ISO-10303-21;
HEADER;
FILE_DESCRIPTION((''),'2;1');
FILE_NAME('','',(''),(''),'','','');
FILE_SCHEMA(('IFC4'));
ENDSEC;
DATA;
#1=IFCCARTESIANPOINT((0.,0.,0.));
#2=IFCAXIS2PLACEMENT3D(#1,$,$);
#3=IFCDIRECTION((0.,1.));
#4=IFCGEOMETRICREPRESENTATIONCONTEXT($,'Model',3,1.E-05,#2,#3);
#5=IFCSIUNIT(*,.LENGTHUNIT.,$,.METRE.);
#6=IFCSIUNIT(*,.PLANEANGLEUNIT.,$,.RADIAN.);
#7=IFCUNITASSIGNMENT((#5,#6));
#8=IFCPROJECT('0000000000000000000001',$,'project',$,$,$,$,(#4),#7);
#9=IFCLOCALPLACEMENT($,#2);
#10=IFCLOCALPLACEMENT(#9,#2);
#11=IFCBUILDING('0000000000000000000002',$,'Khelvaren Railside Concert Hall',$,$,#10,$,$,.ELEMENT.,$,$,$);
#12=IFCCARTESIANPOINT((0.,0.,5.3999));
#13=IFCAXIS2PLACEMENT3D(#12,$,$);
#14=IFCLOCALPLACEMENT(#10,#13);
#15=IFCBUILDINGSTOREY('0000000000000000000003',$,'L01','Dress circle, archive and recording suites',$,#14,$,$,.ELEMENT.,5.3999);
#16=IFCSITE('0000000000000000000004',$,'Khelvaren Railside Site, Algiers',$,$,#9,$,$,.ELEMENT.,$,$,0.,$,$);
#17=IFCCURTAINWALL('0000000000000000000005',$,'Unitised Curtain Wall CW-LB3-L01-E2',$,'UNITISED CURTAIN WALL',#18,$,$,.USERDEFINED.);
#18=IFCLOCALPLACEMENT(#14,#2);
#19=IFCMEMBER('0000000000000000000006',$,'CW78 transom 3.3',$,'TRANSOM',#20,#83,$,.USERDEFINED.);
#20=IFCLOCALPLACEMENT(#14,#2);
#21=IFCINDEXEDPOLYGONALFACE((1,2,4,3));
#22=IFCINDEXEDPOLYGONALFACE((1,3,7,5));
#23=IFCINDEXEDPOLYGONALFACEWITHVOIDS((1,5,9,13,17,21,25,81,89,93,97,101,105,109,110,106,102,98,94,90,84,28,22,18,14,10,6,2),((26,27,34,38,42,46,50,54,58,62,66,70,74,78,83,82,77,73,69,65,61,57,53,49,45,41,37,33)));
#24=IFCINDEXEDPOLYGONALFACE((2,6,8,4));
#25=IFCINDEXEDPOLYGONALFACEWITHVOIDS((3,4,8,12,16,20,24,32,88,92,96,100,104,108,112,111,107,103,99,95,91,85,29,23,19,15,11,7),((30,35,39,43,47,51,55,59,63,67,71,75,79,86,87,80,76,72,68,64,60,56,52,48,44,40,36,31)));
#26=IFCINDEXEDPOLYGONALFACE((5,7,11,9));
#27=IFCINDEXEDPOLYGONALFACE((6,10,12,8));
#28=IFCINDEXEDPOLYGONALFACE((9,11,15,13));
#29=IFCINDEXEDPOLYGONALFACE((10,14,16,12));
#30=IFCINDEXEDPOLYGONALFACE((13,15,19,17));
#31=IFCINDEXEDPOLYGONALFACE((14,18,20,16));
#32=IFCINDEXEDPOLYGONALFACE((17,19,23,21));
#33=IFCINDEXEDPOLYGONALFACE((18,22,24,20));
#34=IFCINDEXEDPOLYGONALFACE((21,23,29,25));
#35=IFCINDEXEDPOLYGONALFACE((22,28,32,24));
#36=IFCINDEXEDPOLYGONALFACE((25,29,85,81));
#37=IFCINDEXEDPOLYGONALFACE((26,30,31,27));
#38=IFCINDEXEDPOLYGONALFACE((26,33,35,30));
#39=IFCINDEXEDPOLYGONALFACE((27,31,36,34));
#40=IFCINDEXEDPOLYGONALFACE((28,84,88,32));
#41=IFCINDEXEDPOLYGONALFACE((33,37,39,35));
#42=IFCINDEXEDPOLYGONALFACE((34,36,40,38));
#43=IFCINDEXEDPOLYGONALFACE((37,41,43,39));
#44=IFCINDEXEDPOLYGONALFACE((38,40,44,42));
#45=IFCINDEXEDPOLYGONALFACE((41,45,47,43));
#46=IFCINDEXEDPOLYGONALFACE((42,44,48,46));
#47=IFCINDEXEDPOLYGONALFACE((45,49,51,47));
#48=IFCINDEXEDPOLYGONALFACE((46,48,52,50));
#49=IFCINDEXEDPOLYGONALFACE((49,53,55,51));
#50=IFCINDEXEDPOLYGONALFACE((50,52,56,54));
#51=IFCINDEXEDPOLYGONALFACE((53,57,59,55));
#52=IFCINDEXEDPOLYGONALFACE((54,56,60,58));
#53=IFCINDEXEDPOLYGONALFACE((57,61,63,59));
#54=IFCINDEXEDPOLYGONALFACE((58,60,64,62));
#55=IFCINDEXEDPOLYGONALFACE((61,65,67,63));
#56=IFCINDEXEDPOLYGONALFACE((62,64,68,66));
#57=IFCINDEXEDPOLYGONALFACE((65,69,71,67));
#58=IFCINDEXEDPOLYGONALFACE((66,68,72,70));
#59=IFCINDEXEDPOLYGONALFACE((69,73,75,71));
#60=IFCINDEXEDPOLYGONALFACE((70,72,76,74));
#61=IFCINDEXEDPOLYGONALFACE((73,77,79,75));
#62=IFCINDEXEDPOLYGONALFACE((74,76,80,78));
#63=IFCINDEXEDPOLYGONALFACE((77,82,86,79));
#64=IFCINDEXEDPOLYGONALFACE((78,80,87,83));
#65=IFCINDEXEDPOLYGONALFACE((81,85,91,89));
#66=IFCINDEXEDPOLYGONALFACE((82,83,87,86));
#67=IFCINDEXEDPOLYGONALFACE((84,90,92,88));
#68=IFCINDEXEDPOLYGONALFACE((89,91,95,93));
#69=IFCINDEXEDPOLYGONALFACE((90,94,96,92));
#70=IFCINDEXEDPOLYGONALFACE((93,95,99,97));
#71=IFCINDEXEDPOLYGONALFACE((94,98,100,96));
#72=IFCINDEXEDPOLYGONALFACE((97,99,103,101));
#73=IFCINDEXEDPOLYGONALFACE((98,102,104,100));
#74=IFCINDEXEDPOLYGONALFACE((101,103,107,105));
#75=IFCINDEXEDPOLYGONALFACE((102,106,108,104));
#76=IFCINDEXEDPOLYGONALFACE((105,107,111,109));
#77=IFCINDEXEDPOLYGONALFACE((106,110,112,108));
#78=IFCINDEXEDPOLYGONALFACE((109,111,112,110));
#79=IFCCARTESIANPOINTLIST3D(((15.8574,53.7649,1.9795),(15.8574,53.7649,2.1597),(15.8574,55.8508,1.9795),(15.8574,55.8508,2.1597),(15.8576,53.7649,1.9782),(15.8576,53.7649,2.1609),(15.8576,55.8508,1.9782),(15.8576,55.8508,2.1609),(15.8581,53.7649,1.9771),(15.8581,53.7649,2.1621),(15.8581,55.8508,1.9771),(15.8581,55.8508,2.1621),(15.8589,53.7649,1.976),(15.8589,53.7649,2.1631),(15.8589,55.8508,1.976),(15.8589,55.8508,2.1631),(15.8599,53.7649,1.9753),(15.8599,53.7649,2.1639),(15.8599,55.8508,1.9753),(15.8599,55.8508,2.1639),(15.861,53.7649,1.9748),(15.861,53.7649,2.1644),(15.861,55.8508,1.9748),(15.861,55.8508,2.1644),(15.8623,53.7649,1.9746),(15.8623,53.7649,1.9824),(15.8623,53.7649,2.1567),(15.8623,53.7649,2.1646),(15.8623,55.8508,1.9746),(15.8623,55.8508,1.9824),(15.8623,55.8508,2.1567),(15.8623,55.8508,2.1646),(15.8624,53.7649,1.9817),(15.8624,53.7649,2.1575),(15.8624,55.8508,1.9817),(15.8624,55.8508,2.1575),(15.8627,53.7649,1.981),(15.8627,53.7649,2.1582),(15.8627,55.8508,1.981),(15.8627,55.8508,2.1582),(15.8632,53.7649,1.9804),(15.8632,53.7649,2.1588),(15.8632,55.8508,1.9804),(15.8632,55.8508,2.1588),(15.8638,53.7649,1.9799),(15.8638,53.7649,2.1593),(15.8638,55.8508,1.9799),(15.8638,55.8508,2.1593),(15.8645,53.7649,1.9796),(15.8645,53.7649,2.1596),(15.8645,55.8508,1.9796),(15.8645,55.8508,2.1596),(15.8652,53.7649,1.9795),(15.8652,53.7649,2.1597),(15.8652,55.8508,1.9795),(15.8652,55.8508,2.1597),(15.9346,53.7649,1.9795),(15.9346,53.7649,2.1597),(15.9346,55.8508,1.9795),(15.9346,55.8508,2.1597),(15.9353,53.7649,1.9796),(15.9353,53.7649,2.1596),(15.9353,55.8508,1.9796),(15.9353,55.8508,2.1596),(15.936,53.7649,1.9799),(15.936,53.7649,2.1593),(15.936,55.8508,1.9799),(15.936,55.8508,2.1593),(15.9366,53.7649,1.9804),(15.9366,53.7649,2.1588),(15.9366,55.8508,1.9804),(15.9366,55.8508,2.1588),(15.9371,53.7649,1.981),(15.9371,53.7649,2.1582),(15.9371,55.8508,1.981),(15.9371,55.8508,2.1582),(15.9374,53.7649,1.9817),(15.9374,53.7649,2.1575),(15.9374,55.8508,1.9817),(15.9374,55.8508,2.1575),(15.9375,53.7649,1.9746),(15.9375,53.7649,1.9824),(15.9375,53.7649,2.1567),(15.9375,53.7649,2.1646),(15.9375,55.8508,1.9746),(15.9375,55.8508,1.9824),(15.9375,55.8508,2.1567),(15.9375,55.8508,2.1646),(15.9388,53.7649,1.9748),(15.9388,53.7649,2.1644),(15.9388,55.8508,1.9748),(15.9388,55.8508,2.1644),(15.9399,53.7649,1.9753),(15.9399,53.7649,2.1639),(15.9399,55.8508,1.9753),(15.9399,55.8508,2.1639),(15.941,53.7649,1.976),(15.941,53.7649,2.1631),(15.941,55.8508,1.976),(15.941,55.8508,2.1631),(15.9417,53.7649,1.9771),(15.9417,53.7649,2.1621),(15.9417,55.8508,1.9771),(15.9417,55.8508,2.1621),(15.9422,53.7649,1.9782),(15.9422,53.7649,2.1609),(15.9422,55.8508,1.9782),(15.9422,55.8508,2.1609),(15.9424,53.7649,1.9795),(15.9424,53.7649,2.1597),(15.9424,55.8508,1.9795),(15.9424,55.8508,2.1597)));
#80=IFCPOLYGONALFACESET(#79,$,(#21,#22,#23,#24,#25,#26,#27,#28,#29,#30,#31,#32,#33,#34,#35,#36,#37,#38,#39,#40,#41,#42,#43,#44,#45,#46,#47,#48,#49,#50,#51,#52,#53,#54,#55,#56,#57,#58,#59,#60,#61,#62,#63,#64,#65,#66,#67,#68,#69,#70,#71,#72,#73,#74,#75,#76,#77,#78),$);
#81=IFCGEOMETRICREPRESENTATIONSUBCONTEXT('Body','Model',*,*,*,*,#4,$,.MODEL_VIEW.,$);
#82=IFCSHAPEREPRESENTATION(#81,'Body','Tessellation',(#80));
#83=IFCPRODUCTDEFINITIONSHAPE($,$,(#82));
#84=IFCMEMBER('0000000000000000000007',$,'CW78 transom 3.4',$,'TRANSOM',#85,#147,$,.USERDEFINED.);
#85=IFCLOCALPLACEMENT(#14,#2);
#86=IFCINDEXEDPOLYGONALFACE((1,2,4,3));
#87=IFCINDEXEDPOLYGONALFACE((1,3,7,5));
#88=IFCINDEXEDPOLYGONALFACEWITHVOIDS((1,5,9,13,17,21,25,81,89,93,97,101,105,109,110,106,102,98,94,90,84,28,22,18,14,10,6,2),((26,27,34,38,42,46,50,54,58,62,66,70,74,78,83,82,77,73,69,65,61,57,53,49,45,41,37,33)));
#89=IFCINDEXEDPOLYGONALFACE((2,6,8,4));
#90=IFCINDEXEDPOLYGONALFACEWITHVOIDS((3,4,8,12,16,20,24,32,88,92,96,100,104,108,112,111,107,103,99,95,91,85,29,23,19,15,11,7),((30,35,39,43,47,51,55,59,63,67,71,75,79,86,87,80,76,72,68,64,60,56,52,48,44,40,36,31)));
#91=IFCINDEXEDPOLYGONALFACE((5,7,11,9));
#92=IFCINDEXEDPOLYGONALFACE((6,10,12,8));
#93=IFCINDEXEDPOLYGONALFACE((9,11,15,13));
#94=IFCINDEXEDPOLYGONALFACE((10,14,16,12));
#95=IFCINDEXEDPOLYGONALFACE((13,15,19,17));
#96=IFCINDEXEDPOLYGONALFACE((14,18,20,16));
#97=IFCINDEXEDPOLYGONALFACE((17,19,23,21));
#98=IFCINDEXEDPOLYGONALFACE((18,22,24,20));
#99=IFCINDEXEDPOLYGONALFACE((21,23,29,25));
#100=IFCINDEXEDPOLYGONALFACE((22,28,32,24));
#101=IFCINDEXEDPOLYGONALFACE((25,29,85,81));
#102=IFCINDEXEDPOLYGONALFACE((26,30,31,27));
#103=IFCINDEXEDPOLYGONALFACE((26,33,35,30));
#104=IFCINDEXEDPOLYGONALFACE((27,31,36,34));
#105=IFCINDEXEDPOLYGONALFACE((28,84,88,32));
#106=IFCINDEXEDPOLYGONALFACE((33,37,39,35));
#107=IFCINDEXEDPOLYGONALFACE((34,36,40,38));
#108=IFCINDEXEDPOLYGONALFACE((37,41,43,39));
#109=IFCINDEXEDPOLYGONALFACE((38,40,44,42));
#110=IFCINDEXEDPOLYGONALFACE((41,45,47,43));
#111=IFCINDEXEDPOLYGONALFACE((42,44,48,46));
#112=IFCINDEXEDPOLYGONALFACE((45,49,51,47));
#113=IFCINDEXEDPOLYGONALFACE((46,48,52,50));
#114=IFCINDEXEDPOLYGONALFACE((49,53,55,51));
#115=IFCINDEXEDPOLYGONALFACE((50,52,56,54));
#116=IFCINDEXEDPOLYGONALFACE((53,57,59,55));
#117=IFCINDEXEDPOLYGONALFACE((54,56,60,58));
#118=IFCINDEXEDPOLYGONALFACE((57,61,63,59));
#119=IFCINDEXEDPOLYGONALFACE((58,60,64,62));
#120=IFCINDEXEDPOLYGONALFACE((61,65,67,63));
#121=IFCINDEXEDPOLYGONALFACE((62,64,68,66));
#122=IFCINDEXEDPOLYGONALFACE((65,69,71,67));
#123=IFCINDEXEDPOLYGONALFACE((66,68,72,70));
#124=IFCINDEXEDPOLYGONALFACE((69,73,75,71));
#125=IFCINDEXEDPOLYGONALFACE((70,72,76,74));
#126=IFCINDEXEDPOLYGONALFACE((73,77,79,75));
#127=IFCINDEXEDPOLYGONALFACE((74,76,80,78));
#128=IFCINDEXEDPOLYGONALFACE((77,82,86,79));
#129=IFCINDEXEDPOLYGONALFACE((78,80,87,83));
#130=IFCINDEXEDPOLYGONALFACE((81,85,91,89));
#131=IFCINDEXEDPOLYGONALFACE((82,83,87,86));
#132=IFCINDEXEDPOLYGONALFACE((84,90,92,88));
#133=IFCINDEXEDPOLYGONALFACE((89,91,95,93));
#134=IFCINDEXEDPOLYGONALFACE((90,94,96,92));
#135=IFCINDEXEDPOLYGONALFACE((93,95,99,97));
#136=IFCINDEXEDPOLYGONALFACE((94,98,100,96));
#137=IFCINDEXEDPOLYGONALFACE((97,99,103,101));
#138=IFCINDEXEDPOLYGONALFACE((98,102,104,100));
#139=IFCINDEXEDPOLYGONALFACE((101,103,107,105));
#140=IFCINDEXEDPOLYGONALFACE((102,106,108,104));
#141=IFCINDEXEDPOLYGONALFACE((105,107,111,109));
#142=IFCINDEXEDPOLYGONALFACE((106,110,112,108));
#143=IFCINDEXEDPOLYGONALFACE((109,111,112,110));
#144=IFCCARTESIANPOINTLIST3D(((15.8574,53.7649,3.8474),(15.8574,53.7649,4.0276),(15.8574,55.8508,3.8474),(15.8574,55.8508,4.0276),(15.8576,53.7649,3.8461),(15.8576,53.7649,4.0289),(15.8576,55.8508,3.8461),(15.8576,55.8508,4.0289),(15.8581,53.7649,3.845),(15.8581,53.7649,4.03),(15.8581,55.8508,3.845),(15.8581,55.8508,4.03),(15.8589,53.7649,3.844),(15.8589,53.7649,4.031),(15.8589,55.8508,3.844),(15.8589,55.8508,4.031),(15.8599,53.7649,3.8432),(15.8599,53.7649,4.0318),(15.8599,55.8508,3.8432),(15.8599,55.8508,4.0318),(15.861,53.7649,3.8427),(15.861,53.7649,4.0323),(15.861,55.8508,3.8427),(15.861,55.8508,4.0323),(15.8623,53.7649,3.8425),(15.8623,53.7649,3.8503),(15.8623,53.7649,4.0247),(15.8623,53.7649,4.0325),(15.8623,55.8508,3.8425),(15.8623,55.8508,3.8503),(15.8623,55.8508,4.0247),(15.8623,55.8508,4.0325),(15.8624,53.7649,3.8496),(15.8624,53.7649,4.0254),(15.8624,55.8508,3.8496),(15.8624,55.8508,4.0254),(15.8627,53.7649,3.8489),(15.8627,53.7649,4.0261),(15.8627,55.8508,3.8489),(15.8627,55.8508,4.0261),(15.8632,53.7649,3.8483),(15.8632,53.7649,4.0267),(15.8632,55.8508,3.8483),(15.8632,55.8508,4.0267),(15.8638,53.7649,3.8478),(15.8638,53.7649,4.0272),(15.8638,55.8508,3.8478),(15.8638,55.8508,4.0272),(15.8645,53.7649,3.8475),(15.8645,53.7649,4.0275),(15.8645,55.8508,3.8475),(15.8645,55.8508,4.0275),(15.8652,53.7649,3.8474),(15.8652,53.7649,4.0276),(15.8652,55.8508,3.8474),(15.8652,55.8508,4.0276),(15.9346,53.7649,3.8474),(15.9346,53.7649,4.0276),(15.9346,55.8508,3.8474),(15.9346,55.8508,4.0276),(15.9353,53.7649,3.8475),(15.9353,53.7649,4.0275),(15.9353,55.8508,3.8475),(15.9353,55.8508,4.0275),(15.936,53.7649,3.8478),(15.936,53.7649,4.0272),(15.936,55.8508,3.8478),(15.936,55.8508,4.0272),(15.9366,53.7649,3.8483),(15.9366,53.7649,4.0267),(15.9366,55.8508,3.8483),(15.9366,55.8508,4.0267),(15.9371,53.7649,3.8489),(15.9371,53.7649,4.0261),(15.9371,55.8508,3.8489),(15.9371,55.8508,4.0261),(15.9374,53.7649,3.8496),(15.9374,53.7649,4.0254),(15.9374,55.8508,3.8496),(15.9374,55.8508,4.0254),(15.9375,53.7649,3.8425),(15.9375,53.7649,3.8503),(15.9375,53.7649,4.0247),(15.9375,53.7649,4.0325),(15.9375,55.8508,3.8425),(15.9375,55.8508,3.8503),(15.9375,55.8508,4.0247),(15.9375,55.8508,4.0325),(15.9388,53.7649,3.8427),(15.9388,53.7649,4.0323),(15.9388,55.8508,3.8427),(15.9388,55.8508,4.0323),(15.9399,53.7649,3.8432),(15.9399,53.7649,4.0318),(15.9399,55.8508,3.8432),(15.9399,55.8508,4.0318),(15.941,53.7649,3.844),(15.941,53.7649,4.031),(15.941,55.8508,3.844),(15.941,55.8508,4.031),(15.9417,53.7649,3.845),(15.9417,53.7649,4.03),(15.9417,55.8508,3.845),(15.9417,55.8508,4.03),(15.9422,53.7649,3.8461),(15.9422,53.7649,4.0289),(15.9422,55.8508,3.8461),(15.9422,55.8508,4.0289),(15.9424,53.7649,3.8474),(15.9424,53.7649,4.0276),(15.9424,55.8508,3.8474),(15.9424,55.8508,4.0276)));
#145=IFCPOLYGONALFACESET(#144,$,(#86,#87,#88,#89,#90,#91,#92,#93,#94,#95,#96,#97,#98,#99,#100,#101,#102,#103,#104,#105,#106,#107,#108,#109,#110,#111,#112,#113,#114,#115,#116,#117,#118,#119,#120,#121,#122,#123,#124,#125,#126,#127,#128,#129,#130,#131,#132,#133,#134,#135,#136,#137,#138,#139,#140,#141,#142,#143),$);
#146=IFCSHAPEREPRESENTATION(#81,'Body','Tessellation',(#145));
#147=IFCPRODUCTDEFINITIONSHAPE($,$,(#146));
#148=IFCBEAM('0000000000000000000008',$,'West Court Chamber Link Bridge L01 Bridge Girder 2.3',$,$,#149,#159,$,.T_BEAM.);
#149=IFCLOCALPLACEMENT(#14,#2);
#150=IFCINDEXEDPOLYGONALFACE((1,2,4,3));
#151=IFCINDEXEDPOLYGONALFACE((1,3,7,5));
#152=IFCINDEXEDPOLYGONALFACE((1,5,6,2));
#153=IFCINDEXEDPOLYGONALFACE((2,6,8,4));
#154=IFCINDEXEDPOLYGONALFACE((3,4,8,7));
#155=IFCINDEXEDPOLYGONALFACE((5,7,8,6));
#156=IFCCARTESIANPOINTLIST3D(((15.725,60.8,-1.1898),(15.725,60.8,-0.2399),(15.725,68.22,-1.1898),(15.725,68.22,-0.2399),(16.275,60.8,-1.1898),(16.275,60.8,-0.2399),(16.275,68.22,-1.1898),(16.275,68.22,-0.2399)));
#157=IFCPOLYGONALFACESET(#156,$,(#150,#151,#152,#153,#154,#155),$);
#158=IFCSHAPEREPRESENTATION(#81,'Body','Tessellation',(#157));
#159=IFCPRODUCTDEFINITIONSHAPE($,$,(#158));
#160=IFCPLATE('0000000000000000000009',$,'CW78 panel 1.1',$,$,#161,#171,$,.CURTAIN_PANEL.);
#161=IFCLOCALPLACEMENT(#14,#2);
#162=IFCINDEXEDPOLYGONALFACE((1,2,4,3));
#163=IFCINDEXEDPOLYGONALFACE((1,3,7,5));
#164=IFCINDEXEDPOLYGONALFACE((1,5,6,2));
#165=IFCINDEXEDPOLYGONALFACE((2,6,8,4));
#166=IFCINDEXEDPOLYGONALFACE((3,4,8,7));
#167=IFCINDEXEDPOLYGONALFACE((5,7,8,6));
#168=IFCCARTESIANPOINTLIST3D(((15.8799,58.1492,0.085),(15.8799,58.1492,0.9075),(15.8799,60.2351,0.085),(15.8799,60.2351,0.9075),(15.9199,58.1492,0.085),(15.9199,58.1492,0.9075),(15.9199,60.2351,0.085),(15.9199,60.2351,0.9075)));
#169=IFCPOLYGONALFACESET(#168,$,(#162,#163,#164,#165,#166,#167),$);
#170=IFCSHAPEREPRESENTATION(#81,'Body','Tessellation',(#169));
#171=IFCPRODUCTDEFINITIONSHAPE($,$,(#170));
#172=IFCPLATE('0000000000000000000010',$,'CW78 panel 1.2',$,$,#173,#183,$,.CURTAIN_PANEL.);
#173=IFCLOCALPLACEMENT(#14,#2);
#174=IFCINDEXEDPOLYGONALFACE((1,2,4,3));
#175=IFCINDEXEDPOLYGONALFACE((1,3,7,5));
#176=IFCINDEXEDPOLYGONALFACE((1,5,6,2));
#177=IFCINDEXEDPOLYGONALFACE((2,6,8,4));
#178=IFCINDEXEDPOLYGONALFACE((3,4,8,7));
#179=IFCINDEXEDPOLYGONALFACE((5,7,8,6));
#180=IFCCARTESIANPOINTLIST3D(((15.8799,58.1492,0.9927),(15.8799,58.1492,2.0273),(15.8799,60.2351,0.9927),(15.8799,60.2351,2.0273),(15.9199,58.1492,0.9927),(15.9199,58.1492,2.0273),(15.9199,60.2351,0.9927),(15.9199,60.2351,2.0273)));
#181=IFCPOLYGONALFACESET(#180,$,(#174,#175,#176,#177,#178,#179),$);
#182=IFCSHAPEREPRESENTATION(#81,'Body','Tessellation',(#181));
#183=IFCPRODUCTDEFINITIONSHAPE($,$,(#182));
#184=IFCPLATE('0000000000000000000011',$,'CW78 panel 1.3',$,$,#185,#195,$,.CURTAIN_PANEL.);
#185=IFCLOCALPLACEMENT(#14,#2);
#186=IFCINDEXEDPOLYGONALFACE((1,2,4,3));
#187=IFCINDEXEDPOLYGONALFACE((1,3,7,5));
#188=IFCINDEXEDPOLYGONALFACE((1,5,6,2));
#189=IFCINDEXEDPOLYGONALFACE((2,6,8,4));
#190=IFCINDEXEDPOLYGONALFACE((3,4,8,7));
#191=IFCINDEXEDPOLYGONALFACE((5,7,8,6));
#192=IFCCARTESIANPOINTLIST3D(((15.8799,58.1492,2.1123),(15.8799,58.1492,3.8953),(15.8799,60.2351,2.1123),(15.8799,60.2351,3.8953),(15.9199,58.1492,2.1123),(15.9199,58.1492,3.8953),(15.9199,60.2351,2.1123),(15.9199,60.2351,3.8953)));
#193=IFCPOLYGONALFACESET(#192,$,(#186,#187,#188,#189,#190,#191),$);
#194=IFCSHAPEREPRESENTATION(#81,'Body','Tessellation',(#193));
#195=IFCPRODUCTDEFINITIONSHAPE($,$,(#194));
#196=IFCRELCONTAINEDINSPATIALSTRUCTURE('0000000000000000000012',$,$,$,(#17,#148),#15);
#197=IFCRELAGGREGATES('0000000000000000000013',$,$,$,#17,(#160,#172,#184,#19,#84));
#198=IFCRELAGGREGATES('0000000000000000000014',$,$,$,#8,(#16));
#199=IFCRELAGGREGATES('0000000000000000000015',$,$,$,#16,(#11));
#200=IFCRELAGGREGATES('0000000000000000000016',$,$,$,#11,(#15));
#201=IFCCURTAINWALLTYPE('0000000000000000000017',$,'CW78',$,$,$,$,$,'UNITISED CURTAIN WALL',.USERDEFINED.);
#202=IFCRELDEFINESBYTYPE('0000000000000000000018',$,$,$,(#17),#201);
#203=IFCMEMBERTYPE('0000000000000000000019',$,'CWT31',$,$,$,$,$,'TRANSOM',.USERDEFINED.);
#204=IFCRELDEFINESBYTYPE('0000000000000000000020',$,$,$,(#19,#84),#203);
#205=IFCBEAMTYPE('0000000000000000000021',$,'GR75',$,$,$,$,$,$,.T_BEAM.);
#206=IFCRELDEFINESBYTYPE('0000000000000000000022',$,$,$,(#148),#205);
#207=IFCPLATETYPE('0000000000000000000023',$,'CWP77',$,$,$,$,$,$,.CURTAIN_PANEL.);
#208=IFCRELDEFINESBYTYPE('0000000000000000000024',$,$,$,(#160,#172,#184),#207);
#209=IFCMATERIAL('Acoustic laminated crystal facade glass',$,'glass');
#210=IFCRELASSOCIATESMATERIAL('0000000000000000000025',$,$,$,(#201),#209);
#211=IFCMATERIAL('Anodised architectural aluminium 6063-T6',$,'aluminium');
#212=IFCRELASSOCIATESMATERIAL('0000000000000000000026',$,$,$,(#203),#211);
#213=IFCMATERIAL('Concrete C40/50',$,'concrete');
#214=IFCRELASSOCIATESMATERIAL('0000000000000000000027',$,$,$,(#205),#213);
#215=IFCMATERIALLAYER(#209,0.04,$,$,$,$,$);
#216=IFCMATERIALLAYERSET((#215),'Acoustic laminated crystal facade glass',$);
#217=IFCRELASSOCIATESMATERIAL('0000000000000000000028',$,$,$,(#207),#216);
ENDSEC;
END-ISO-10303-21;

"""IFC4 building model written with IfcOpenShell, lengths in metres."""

from ifc_helpers import new_model, si_unit, direction, frame, origin, origin_2d, place, context, subcontext, project, spatial, rectangle, hollow_rectangle, extrude, material, layer, layer_set, material_profile, profile_set, type_object, element, aggregate, save


model = new_model("IFC4")

# Units and contexts
model_context = context("Model", 3, precision=1e-05, world=origin(), true_north=direction((0.0, 1.0)))
body_context = subcontext(model_context, "Body", "Model", "MODEL_VIEW")
ifc_project = project(units=[si_unit("LENGTHUNIT", "METRE"), si_unit("PLANEANGLEUNIT", "RADIAN")], contexts=[model_context])

# Site, building, storey
site_placement = place(None, origin())
site = spatial("IfcSite", under=ifc_project, at=site_placement, Name="Khelvaren Railside Site, Algiers", CompositionType="ELEMENT", RefElevation=0.0)
building_placement = place(site_placement, origin())
building = spatial("IfcBuilding", under=site, at=building_placement, Name="Khelvaren Railside Concert Hall", CompositionType="ELEMENT")
storey_placement = place(building_placement, frame((0.0, 0.0, 5.3999)))
storey = spatial("IfcBuildingStorey", under=building, at=storey_placement, Name="L01", Description="Dress circle, archive and recording suites", CompositionType="ELEMENT", Elevation=5.3999)

# Curtain wall
ifc_material_1 = material(Name="Acoustic laminated crystal facade glass", Category="glass")
curtain_wall_type = type_object("IfcCurtainWallType", Name="CW78", ElementType="UNITISED CURTAIN WALL", PredefinedType="USERDEFINED", material=ifc_material_1)
curtain_wall_1_placement = place(storey_placement, origin())
curtain_wall_1 = element("IfcCurtainWall", 1, at=curtain_wall_1_placement, inside=storey, type_object=curtain_wall_type, Name="Unitised Curtain Wall CW-LB3-L01-E2", ObjectType="UNITISED CURTAIN WALL", PredefinedType="USERDEFINED")
ifc_material_2 = material(Name="Anodised architectural aluminium 6063-T6", Category="aluminium")

# Members
ifc_material_profile_1 = material_profile(ifc_material_2, hollow_rectangle(XDim=0.085, YDim=0.1899, WallThickness=0.0049, InnerFilletRadius=0.0029, OuterFilletRadius=0.0049, at=origin_2d()), Name="CWT 85x190x5")
ifc_profile_set_1 = profile_set([ifc_material_profile_1], Name="Anodised architectural aluminium 6063-T6")
member_type_1 = type_object("IfcMemberType", Name="CWT31", ElementType="TRANSOM", PredefinedType="USERDEFINED", material=ifc_profile_set_1)
member_1_placement = place(storey_placement, frame((15.8999, 55.8508, 2.0696), z_axis=(0.0, -1.0, 0.0), x_axis=(1.0, 0.0, 0.0)))
member_1 = element("IfcMember", 2, at=member_1_placement, type_object=member_type_1, Name="CW78 transom 3.3", ObjectType="TRANSOM", PredefinedType="USERDEFINED", context=body_context, shape_type="SweptSolid", body=[
    extrude(hollow_rectangle(XDim=0.085, YDim=0.1899, WallThickness=0.0049, InnerFilletRadius=0.0029, OuterFilletRadius=0.0049, at=origin_2d()), origin(), (0.0, 0.0, 1.0), 2.0859),
])
member_2_placement = place(storey_placement, frame((15.8999, 55.8508, 3.9375), z_axis=(0.0, -1.0, 0.0), x_axis=(1.0, 0.0, 0.0)))
member_2 = element("IfcMember", 3, at=member_2_placement, type_object=member_type_1, Name="CW78 transom 3.4", ObjectType="TRANSOM", PredefinedType="USERDEFINED", context=body_context, shape_type="SweptSolid", body=[
    extrude(hollow_rectangle(XDim=0.085, YDim=0.1899, WallThickness=0.0049, InnerFilletRadius=0.0029, OuterFilletRadius=0.0049, at=origin_2d()), origin(), (0.0, 0.0, 1.0), 2.0859),
])

# Beam
ifc_material_3 = material(Name="Concrete C40/50", Category="concrete")
ifc_material_profile_2 = material_profile(ifc_material_3, rectangle(XDim=0.55, YDim=0.95, at=origin_2d()), Name="RCB 550x950")
ifc_profile_set_2 = profile_set([ifc_material_profile_2], Name="Concrete C40/50")
beam_type = type_object("IfcBeamType", Name="GR75", PredefinedType="T_BEAM", material=ifc_profile_set_2)
beam_placement = place(storey_placement, frame((16.0, 60.8, -0.7148), z_axis=(0.0, 1.0, 0.0), x_axis=(-1.0, 0.0, 0.0)))
element("IfcBeam", 4, at=beam_placement, inside=storey, type_object=beam_type, Name="West Court Chamber Link Bridge L01 Bridge Girder 2.3", PredefinedType="T_BEAM", context=body_context, shape_type="SweptSolid", body=[
    extrude(rectangle(XDim=0.55, YDim=0.95, at=origin_2d()), origin(), (0.0, 0.0, 1.0), 7.4199),
])

# Plates
ifc_layer = layer(ifc_material_1, 0.04)
ifc_layer_set = layer_set([ifc_layer], Name="Acoustic laminated crystal facade glass")
plate_type = type_object("IfcPlateType", Name="CWP77", PredefinedType="CURTAIN_PANEL", material=ifc_layer_set)
plate_1_placement = place(storey_placement, frame((15.8999, 59.1921, 0.085), z_axis=(0.0, 0.0, 1.0), x_axis=(0.0, -1.0, 0.0)))
plate_1 = element("IfcPlate", 5, at=plate_1_placement, type_object=plate_type, Name="CW78 panel 1.1", PredefinedType="CURTAIN_PANEL", context=body_context, shape_type="SweptSolid", body=[
    extrude(rectangle(XDim=2.0859, YDim=0.04, at=origin_2d()), origin(), (0.0, 0.0, 1.0), 0.8225),
])
plate_2_placement = place(storey_placement, frame((15.8999, 59.1921, 0.9927), z_axis=(0.0, 0.0, 1.0), x_axis=(0.0, -1.0, 0.0)))
plate_2 = element("IfcPlate", 6, at=plate_2_placement, type_object=plate_type, Name="CW78 panel 1.2", PredefinedType="CURTAIN_PANEL", context=body_context, shape_type="SweptSolid", body=[
    extrude(rectangle(XDim=2.0859, YDim=0.04, at=origin_2d()), origin(), (0.0, 0.0, 1.0), 1.0347),
])
plate_3_placement = place(storey_placement, frame((15.8999, 59.1921, 2.1123), z_axis=(0.0, 0.0, 1.0), x_axis=(0.0, -1.0, 0.0)))
plate_3 = element("IfcPlate", 7, at=plate_3_placement, type_object=plate_type, Name="CW78 panel 1.3", PredefinedType="CURTAIN_PANEL", context=body_context, shape_type="SweptSolid", body=[
    extrude(rectangle(XDim=2.0859, YDim=0.04, at=origin_2d()), origin(), (0.0, 0.0, 1.0), 1.783),
])
aggregate(curtain_wall_1, [plate_1, plate_2, plate_3, member_1, member_2])

save(model, "model.ifc")
